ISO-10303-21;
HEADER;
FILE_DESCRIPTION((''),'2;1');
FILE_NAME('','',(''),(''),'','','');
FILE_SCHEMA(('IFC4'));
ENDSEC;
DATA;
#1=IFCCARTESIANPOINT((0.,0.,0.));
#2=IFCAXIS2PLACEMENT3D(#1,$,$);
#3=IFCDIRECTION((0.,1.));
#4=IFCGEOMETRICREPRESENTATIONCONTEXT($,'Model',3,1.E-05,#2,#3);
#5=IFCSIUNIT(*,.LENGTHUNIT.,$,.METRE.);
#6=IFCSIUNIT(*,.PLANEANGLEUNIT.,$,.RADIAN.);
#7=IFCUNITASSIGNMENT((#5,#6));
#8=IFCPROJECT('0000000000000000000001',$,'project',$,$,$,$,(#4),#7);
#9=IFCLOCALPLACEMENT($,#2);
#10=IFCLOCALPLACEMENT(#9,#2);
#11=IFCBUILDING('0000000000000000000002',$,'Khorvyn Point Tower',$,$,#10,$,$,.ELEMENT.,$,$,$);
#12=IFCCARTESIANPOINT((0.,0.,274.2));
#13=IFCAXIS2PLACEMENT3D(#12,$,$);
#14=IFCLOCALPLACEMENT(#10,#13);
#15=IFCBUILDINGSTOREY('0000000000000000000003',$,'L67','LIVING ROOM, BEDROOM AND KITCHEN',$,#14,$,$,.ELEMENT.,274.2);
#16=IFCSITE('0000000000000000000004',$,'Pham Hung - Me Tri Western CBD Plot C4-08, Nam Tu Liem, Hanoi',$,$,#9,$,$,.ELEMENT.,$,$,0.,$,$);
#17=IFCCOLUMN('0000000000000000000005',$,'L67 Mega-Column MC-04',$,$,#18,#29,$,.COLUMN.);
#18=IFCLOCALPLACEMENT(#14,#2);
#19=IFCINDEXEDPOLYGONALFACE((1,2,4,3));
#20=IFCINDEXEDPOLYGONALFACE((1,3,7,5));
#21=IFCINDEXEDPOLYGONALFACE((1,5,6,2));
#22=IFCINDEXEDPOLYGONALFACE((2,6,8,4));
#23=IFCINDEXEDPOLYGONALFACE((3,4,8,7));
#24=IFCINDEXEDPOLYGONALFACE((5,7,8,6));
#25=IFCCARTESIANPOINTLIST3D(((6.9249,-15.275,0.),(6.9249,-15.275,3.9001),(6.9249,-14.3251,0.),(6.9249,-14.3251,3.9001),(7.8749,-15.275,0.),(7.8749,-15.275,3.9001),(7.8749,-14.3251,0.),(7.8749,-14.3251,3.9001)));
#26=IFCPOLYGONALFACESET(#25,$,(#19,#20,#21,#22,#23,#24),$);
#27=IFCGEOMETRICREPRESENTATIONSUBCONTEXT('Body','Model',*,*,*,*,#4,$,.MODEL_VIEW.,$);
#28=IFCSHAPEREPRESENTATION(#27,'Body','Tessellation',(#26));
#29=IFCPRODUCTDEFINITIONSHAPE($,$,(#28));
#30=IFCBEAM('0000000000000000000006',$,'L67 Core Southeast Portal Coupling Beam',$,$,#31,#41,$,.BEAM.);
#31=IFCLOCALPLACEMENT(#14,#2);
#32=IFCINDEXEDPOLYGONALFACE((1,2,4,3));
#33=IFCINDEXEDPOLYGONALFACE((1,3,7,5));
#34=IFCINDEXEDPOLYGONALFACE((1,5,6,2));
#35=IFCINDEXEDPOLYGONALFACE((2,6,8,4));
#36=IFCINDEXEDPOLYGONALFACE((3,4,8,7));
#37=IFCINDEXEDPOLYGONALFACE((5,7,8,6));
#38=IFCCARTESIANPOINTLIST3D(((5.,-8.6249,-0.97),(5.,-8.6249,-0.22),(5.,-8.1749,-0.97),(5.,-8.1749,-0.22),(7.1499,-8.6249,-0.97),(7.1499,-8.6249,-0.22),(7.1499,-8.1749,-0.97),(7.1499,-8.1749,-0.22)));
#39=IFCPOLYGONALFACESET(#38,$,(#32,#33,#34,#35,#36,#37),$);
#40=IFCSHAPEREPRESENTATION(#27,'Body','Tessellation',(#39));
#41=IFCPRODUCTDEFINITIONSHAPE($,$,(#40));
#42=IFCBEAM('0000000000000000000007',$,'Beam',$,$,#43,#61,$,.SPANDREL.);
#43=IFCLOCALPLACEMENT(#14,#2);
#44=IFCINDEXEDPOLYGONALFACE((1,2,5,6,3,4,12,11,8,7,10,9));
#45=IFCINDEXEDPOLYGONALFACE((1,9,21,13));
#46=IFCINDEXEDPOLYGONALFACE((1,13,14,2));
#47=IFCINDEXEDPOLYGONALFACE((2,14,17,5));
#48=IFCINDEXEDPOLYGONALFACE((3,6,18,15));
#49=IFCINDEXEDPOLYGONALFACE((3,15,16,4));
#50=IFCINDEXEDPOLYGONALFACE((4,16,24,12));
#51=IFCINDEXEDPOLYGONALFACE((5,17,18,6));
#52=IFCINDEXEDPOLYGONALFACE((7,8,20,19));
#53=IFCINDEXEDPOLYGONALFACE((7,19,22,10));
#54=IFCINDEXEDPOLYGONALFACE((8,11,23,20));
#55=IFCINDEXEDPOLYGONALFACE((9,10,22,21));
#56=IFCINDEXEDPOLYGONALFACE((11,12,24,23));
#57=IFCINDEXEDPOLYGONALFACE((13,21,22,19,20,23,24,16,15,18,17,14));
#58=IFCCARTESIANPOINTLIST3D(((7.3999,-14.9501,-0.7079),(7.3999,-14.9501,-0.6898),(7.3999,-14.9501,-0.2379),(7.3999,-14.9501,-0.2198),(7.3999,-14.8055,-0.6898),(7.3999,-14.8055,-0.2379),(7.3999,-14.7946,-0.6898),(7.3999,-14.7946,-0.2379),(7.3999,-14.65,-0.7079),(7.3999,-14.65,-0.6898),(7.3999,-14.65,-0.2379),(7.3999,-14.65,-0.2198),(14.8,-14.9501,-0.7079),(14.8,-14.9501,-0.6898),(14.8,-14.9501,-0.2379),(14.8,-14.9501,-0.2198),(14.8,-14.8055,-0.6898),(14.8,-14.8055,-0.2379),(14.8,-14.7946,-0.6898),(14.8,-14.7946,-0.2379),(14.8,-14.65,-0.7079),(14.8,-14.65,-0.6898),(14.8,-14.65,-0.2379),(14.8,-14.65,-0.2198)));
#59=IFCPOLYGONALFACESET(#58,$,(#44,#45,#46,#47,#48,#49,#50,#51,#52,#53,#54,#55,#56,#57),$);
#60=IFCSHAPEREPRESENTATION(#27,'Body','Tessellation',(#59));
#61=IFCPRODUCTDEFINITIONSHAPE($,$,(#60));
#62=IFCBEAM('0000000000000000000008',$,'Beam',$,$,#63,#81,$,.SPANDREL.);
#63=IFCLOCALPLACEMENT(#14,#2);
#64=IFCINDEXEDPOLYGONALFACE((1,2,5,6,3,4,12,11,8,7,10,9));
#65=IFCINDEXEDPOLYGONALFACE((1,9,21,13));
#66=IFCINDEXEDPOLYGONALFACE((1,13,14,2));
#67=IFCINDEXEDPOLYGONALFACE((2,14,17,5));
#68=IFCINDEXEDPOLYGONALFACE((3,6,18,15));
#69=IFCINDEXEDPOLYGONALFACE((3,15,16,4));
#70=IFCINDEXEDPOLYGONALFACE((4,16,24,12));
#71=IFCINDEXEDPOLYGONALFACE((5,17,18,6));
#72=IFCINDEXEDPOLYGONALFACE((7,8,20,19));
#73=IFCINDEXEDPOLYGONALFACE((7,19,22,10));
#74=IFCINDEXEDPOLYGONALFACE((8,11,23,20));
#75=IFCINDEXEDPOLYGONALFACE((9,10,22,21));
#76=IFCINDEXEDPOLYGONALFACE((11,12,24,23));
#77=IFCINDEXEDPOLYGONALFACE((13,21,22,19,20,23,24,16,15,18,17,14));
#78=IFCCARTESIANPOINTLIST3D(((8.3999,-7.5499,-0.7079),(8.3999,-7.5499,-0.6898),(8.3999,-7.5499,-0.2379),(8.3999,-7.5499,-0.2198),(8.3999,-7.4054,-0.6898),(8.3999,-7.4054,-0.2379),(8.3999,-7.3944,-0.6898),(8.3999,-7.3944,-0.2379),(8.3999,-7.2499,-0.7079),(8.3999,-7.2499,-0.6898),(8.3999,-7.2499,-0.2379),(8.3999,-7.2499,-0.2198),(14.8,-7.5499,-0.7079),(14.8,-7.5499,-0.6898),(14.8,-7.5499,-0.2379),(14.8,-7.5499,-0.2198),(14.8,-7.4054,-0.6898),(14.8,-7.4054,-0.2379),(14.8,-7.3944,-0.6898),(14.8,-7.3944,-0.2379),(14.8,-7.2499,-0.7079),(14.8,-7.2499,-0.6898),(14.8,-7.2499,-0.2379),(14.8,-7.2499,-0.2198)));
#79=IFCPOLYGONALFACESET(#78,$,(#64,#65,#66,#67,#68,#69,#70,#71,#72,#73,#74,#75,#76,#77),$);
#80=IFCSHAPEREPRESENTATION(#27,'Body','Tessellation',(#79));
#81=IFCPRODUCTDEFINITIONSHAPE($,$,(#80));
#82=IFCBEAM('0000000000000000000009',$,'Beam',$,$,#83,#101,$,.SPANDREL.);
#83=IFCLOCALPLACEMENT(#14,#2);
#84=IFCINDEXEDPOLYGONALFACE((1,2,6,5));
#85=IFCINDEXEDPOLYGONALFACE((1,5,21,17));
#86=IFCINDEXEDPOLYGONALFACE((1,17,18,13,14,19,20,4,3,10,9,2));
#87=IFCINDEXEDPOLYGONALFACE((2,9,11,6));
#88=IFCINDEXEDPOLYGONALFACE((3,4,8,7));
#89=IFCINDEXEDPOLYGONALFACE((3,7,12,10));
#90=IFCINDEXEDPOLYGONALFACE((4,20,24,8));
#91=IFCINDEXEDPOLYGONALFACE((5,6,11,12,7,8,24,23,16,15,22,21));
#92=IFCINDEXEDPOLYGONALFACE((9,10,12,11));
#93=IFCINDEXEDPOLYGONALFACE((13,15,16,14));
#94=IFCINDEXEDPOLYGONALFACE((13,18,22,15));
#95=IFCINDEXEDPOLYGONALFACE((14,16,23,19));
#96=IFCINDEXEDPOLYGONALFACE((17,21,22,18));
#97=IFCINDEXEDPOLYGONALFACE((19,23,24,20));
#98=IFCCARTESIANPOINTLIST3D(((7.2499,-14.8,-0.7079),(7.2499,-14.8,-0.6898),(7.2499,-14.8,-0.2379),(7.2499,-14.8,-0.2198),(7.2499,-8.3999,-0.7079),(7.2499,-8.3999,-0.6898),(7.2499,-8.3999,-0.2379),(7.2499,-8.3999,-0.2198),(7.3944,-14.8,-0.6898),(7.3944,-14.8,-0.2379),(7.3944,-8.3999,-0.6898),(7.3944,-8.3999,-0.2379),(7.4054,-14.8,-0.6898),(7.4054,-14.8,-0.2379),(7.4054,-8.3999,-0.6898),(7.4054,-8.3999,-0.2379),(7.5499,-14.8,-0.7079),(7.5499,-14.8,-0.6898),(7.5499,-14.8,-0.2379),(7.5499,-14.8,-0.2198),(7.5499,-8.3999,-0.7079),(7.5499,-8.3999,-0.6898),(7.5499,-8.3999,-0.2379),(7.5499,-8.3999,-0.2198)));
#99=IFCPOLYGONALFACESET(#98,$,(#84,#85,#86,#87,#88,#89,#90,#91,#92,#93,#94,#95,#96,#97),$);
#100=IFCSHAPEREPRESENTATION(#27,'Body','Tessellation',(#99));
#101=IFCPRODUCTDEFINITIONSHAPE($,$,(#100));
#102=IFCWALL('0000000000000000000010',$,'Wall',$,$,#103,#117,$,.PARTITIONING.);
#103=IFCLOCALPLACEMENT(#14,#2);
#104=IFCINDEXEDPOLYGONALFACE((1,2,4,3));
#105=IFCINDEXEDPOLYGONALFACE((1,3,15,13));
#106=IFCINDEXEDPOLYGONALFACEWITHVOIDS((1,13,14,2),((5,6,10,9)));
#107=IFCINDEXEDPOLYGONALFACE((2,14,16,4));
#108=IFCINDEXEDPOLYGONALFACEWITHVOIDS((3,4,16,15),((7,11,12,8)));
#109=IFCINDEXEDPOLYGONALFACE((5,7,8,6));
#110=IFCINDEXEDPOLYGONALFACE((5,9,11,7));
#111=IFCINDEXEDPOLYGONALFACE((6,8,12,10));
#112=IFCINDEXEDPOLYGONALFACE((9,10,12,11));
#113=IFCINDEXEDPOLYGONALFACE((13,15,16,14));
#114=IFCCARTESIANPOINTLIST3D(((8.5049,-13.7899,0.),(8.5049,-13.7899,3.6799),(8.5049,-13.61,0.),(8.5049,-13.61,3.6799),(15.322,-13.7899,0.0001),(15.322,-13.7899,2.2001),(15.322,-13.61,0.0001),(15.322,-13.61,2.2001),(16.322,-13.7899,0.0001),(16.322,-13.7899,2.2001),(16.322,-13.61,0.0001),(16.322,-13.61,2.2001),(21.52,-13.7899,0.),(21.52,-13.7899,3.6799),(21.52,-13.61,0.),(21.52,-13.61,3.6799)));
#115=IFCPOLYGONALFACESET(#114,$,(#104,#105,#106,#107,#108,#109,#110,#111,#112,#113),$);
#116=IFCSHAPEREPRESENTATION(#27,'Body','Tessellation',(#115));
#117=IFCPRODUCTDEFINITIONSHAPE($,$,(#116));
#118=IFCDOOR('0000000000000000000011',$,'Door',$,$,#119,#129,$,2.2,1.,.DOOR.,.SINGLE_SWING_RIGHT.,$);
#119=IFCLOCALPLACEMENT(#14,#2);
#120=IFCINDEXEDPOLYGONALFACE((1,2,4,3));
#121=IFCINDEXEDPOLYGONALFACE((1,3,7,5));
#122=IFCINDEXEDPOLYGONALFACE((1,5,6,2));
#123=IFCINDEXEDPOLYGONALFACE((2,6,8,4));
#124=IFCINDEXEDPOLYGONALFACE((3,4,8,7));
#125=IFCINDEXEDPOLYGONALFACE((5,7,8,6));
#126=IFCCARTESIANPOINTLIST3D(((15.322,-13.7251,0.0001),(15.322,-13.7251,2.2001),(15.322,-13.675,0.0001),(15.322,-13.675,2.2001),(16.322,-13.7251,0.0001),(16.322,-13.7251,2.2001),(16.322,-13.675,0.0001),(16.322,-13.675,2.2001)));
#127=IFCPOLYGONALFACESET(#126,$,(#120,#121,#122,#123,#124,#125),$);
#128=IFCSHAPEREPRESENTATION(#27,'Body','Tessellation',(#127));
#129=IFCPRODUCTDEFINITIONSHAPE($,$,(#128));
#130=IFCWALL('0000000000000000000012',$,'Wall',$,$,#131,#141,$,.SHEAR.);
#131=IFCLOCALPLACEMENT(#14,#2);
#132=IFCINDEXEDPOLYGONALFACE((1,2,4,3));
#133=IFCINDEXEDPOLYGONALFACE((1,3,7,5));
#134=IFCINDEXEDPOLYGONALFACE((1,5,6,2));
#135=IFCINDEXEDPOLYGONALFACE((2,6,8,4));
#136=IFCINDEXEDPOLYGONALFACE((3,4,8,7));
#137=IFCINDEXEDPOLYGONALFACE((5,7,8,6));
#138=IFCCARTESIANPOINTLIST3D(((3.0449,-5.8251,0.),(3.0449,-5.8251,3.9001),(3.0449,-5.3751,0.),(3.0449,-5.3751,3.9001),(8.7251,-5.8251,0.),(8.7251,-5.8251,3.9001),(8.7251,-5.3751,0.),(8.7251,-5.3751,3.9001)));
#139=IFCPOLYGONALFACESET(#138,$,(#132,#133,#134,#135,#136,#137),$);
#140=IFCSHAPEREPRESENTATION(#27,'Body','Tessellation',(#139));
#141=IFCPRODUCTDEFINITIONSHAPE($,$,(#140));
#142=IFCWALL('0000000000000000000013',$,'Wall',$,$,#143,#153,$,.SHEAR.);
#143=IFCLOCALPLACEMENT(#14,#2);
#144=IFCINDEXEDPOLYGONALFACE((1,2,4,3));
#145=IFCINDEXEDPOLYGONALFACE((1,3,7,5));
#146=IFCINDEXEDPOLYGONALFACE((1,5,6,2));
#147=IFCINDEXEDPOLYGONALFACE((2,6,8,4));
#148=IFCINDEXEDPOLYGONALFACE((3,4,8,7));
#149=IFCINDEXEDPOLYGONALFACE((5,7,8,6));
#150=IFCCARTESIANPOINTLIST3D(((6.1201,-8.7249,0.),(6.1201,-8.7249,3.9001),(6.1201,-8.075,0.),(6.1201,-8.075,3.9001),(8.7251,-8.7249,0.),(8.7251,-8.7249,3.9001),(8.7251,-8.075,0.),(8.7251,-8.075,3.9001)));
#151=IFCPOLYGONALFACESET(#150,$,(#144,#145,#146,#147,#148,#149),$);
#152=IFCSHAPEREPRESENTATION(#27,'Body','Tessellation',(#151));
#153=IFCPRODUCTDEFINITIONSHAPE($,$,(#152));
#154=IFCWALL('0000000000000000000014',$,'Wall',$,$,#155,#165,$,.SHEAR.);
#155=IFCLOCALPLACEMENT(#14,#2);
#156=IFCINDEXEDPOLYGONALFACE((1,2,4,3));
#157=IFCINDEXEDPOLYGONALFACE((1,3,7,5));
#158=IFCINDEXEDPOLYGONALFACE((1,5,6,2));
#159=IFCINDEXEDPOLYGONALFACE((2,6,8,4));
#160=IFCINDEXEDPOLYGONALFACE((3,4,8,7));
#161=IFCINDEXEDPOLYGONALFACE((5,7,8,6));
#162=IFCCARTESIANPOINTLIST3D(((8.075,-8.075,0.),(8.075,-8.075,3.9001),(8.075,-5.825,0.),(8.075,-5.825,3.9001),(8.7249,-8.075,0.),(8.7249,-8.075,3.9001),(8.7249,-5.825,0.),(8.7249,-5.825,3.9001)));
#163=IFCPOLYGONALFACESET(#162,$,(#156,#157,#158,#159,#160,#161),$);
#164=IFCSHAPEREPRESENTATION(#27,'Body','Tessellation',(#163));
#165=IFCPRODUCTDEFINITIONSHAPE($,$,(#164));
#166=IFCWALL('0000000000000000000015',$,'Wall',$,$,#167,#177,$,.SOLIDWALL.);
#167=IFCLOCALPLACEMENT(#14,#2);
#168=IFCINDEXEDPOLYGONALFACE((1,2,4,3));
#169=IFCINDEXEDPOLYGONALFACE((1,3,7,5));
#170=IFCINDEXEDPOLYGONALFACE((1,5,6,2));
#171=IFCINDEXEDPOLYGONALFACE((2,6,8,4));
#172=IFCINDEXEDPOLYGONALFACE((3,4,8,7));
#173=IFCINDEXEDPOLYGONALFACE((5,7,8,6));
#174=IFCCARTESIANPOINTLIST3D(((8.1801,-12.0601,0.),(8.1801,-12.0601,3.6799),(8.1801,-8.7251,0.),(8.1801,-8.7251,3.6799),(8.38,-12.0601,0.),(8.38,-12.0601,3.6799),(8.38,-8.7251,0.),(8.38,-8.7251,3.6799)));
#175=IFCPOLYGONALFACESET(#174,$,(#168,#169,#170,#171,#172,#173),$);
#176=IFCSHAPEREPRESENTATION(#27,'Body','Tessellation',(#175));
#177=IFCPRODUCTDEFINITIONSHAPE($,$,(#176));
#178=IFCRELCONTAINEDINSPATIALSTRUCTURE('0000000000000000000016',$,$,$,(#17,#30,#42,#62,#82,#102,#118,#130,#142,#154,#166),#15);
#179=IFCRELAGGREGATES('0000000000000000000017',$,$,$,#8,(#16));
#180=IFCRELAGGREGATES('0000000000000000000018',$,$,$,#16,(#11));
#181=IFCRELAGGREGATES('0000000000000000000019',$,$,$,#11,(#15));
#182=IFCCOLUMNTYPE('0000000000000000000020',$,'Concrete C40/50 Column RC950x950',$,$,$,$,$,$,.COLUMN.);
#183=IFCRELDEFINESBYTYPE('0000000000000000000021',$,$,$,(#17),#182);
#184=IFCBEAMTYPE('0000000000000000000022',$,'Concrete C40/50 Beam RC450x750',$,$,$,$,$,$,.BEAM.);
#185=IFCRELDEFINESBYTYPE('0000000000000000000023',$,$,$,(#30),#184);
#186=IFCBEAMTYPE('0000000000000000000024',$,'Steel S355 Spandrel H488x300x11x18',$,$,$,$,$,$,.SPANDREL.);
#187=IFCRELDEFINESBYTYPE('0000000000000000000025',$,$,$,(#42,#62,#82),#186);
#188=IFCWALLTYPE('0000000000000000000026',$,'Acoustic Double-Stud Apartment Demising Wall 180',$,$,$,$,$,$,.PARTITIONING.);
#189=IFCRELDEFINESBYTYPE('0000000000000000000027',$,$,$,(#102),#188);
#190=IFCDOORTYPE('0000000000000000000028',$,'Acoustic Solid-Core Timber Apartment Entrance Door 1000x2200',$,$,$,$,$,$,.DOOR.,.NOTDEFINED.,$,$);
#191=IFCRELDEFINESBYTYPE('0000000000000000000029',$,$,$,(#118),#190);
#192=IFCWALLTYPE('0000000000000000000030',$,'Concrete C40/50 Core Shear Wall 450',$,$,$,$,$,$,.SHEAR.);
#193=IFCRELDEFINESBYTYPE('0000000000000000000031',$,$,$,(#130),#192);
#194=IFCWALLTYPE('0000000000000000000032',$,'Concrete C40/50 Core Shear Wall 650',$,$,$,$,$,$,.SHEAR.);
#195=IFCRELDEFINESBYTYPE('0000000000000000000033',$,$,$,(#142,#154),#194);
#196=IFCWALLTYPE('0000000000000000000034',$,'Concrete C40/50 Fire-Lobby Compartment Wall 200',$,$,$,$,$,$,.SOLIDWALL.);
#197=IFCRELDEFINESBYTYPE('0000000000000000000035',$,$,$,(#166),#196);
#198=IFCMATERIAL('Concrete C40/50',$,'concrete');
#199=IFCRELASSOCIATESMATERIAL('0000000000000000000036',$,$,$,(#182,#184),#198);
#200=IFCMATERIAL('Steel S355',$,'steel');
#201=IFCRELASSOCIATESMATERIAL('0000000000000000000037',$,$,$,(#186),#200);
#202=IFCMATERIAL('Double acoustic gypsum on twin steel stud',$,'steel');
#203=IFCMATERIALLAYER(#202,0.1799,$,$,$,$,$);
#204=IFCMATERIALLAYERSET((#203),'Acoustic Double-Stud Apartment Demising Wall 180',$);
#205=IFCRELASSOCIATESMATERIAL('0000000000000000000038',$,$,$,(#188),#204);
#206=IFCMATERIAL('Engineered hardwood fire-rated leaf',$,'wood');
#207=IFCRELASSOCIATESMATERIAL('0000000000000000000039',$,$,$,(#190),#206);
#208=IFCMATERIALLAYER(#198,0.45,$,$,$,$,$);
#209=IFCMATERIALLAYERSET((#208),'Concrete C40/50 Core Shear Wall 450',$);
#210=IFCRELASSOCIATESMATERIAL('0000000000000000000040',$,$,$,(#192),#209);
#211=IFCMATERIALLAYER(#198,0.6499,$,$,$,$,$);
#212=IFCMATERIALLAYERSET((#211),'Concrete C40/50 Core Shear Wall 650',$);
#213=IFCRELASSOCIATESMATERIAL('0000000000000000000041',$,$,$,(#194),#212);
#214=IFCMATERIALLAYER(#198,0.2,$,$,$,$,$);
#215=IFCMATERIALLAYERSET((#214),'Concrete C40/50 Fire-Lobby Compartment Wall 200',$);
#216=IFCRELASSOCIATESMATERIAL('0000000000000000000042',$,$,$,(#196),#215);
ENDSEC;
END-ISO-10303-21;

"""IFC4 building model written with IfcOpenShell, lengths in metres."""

from ifc_helpers import new_model, si_unit, direction, frame, frame_2d, origin, origin_2d, place, context, subcontext, project, spatial, rectangle, i_section, extrude, material, layer, layer_set, material_profile, profile_set, type_object, element, fill, save


model = new_model("IFC4")

# Units and contexts
model_context = context("Model", 3, precision=1e-05, world=origin(), true_north=direction((0.0, 1.0)))
body_context = subcontext(model_context, "Body", "Model", "MODEL_VIEW")
ifc_project = project(units=[si_unit("LENGTHUNIT", "METRE"), si_unit("PLANEANGLEUNIT", "RADIAN")], contexts=[model_context])

# Site, building, storey
site_placement = place(None, origin())
site = spatial("IfcSite", under=ifc_project, at=site_placement, Name="Pham Hung - Me Tri Western CBD Plot C4-08, Nam Tu Liem, Hanoi", CompositionType="ELEMENT", RefElevation=0.0)
building_placement = place(site_placement, origin())
building = spatial("IfcBuilding", under=site, at=building_placement, Name="Khorvyn Point Tower", CompositionType="ELEMENT")
storey_placement = place(building_placement, frame((0.0, 0.0, 274.2)))
storey = spatial("IfcBuildingStorey", under=building, at=storey_placement, Name="L67", Description="LIVING ROOM, BEDROOM AND KITCHEN", CompositionType="ELEMENT", Elevation=274.2)

# Column
ifc_material_1 = material(Name="Concrete C40/50", Category="concrete")
ifc_material_profile_1 = material_profile(ifc_material_1, rectangle(XDim=0.95, YDim=0.95, at=origin_2d()))
ifc_profile_set_1 = profile_set([ifc_material_profile_1], Name="Concrete C40/50 RC950x950")
column_type = type_object("IfcColumnType", Name="Concrete C40/50 Column RC950x950", PredefinedType="COLUMN", material=ifc_profile_set_1)
column_placement = place(storey_placement, frame((7.3999, -14.8, 0.0), z_axis=(0.0, 0.0, 1.0), x_axis=(1.0, 0.0, 0.0)))
element("IfcColumn", 1, at=column_placement, inside=storey, type_object=column_type, Name="L67 Mega-Column MC-04", PredefinedType="COLUMN", context=body_context, shape_type="SweptSolid", body=[
    extrude(rectangle(XDim=0.95, YDim=0.95, at=origin_2d()), origin(), (0.0, 0.0, 1.0), 3.9001),
])

# Beams
ifc_material_profile_2 = material_profile(ifc_material_1, rectangle(XDim=0.45, YDim=0.75, at=origin_2d()))
ifc_profile_set_2 = profile_set([ifc_material_profile_2], Name="Concrete C40/50 RC450x750")
beam_type_1 = type_object("IfcBeamType", Name="Concrete C40/50 Beam RC450x750", PredefinedType="BEAM", material=ifc_profile_set_2)
beam_1_placement = place(storey_placement, frame((5.0, -8.3999, -0.595), z_axis=(1.0, 0.0, 0.0), x_axis=(0.0, 1.0, 0.0)))
element("IfcBeam", 2, at=beam_1_placement, inside=storey, type_object=beam_type_1, Name="L67 Core Southeast Portal Coupling Beam", PredefinedType="BEAM", context=body_context, shape_type="SweptSolid", body=[
    extrude(rectangle(XDim=0.45, YDim=0.75, at=origin_2d()), origin(), (0.0, 0.0, 1.0), 2.1499),
])
ifc_material_2 = material(Name="Steel S355", Category="steel")
ifc_material_profile_3 = material_profile(ifc_material_2, i_section(OverallWidth=0.3, OverallDepth=0.488, WebThickness=0.011, FlangeThickness=0.0181, at=origin_2d()))
ifc_profile_set_3 = profile_set([ifc_material_profile_3], Name="Steel S355 H488x300x11x18")
beam_type_2 = type_object("IfcBeamType", Name="Steel S355 Spandrel H488x300x11x18", PredefinedType="SPANDREL", material=ifc_profile_set_3)
beam_2_placement = place(storey_placement, frame((7.3999, -14.8, -0.4639), z_axis=(1.0, 0.0, 0.0), x_axis=(0.0, 1.0, 0.0)))
element("IfcBeam", 3, at=beam_2_placement, inside=storey, type_object=beam_type_2, Name="Beam", PredefinedType="SPANDREL", context=body_context, shape_type="SweptSolid", body=[
    extrude(i_section(OverallWidth=0.3, OverallDepth=0.488, WebThickness=0.011, FlangeThickness=0.0181, at=origin_2d()), origin(), (0.0, 0.0, 1.0), 7.4001),
])
for number, where, z_axis, x_axis, name in (
    (4, (8.3999, -7.3999, -0.4639), (1.0, 0.0, 0.0), (0.0, 1.0, 0.0), "Beam"),
    (5, (7.3999, -14.8, -0.4639), (0.0, 1.0, 0.0), (-1.0, 0.0, 0.0), "Beam"),
):
    element("IfcBeam", number, at=place(storey_placement, frame(where, z_axis=z_axis, x_axis=x_axis)), inside=storey, type_object=beam_type_2, Name=name, PredefinedType="SPANDREL", context=body_context, shape_type="SweptSolid", body=[
        extrude(i_section(OverallWidth=0.3, OverallDepth=0.488, WebThickness=0.011, FlangeThickness=0.0181, at=origin_2d()), origin(), (0.0, 0.0, 1.0), 6.4001),
    ])

# Wall, opening, door
ifc_material_3 = material(Name="Double acoustic gypsum on twin steel stud", Category="steel")
ifc_layer_1 = layer(ifc_material_3, 0.1799)
ifc_layer_set_1 = layer_set([ifc_layer_1], Name="Acoustic Double-Stud Apartment Demising Wall 180")
wall_type_1 = type_object("IfcWallType", Name="Acoustic Double-Stud Apartment Demising Wall 180", PredefinedType="PARTITIONING", material=ifc_layer_set_1)
wall_1_placement = place(storey_placement, frame((8.5049, -13.7, 0.0), z_axis=(0.0, 0.0, 1.0), x_axis=(1.0, 0.0, 0.0)))
wall_1 = element("IfcWall", 6, at=wall_1_placement, inside=storey, type_object=wall_type_1, Name="Wall", PredefinedType="PARTITIONING", context=body_context, shape_type="SweptSolid", body=[
    extrude(rectangle(XDim=13.0151, YDim=0.1799, at=frame_2d((6.5076, 0.0))), origin(), (0.0, 0.0, 1.0), 3.6799),
])
opening_1_placement = place(wall_1_placement, frame((6.8171, 0.0, 0.0)))
opening_1 = element("IfcOpeningElement", 7, at=opening_1_placement, cuts=wall_1, PredefinedType="OPENING", context=body_context, shape_type="SweptSolid", body=[
    extrude(rectangle(XDim=1.0, YDim=2.2, at=frame_2d((0.5, 1.1001))), frame((0.0, 0.0999, 0.0), z_axis=(0.0, -1.0, 0.0), x_axis=(1.0, 0.0, 0.0)), (0.0, 0.0, 1.0), 0.2),
])
ifc_material_4 = material(Name="Engineered hardwood fire-rated leaf", Category="wood")
door_type_1 = type_object("IfcDoorType", Name="Acoustic Solid-Core Timber Apartment Entrance Door 1000x2200", OperationType="NOTDEFINED", PredefinedType="DOOR", material=ifc_material_4)
door_1_placement = place(opening_1_placement, origin())
door_1 = element("IfcDoor", 8, at=door_1_placement, inside=storey, type_object=door_type_1, Name="Door", OperationType="SINGLE_SWING_RIGHT", OverallHeight=2.2, OverallWidth=1.0, PredefinedType="DOOR", context=body_context, shape_type="SweptSolid", body=[
    extrude(rectangle(XDim=1.0, YDim=2.2, at=frame_2d((0.5, 1.1001))), frame((0.0, 0.0249, 0.0), z_axis=(0.0, -1.0, 0.0), x_axis=(1.0, 0.0, 0.0)), (0.0, 0.0, 1.0), 0.05),
])
fill(opening_1, door_1)

# Walls
ifc_layer_2 = layer(ifc_material_1, 0.45)
ifc_layer_set_2 = layer_set([ifc_layer_2], Name="Concrete C40/50 Core Shear Wall 450")
wall_type_2 = type_object("IfcWallType", Name="Concrete C40/50 Core Shear Wall 450", PredefinedType="SHEAR", material=ifc_layer_set_2)
wall_2_placement = place(storey_placement, frame((3.0449, -5.6001, 0.0), z_axis=(0.0, 0.0, 1.0), x_axis=(1.0, 0.0, 0.0)))
element("IfcWall", 9, at=wall_2_placement, inside=storey, type_object=wall_type_2, Name="Wall", PredefinedType="SHEAR", context=body_context, shape_type="SweptSolid", body=[
    extrude(rectangle(XDim=5.6802, YDim=0.45, at=frame_2d((2.8401, 0.0))), origin(), (0.0, 0.0, 1.0), 3.9001),
])
ifc_layer_3 = layer(ifc_material_1, 0.6499)
ifc_layer_set_3 = layer_set([ifc_layer_3], Name="Concrete C40/50 Core Shear Wall 650")
wall_type_3 = type_object("IfcWallType", Name="Concrete C40/50 Core Shear Wall 650", PredefinedType="SHEAR", material=ifc_layer_set_3)
wall_3_placement = place(storey_placement, frame((6.1201, -8.3999, 0.0), z_axis=(0.0, 0.0, 1.0), x_axis=(1.0, 0.0, 0.0)))
element("IfcWall", 10, at=wall_3_placement, inside=storey, type_object=wall_type_3, Name="Wall", PredefinedType="SHEAR", context=body_context, shape_type="SweptSolid", body=[
    extrude(rectangle(XDim=2.605, YDim=0.6499, at=frame_2d((1.3025, 0.0))), origin(), (0.0, 0.0, 1.0), 3.9001),
])
wall_4_placement = place(storey_placement, frame((8.3999, -8.075, 0.0), z_axis=(0.0, 0.0, 1.0), x_axis=(0.0, 1.0, 0.0)))
element("IfcWall", 11, at=wall_4_placement, inside=storey, type_object=wall_type_3, Name="Wall", PredefinedType="SHEAR", context=body_context, shape_type="SweptSolid", body=[
    extrude(rectangle(XDim=2.25, YDim=0.6499, at=frame_2d((1.125, 0.0))), origin(), (0.0, 0.0, 1.0), 3.9001),
])

# Shared definitions
ifc_layer_4 = layer(ifc_material_1, 0.2)
ifc_layer_set_4 = layer_set([ifc_layer_4], Name="Concrete C40/50 Fire-Lobby Compartment Wall 200")
wall_type_4 = type_object("IfcWallType", Name="Concrete C40/50 Fire-Lobby Compartment Wall 200", PredefinedType="SOLIDWALL", material=ifc_layer_set_4)

# Wall
wall_5_placement = place(storey_placement, frame((8.28, -12.0601, 0.0), z_axis=(0.0, 0.0, 1.0), x_axis=(0.0, 1.0, 0.0)))
element("IfcWall", 12, at=wall_5_placement, inside=storey, type_object=wall_type_4, Name="Wall", PredefinedType="SOLIDWALL", context=body_context, shape_type="SweptSolid", body=[
    extrude(rectangle(XDim=3.335, YDim=0.2, at=frame_2d((1.6675, 0.0))), origin(), (0.0, 0.0, 1.0), 3.6799),
])

save(model, "model.ifc")
